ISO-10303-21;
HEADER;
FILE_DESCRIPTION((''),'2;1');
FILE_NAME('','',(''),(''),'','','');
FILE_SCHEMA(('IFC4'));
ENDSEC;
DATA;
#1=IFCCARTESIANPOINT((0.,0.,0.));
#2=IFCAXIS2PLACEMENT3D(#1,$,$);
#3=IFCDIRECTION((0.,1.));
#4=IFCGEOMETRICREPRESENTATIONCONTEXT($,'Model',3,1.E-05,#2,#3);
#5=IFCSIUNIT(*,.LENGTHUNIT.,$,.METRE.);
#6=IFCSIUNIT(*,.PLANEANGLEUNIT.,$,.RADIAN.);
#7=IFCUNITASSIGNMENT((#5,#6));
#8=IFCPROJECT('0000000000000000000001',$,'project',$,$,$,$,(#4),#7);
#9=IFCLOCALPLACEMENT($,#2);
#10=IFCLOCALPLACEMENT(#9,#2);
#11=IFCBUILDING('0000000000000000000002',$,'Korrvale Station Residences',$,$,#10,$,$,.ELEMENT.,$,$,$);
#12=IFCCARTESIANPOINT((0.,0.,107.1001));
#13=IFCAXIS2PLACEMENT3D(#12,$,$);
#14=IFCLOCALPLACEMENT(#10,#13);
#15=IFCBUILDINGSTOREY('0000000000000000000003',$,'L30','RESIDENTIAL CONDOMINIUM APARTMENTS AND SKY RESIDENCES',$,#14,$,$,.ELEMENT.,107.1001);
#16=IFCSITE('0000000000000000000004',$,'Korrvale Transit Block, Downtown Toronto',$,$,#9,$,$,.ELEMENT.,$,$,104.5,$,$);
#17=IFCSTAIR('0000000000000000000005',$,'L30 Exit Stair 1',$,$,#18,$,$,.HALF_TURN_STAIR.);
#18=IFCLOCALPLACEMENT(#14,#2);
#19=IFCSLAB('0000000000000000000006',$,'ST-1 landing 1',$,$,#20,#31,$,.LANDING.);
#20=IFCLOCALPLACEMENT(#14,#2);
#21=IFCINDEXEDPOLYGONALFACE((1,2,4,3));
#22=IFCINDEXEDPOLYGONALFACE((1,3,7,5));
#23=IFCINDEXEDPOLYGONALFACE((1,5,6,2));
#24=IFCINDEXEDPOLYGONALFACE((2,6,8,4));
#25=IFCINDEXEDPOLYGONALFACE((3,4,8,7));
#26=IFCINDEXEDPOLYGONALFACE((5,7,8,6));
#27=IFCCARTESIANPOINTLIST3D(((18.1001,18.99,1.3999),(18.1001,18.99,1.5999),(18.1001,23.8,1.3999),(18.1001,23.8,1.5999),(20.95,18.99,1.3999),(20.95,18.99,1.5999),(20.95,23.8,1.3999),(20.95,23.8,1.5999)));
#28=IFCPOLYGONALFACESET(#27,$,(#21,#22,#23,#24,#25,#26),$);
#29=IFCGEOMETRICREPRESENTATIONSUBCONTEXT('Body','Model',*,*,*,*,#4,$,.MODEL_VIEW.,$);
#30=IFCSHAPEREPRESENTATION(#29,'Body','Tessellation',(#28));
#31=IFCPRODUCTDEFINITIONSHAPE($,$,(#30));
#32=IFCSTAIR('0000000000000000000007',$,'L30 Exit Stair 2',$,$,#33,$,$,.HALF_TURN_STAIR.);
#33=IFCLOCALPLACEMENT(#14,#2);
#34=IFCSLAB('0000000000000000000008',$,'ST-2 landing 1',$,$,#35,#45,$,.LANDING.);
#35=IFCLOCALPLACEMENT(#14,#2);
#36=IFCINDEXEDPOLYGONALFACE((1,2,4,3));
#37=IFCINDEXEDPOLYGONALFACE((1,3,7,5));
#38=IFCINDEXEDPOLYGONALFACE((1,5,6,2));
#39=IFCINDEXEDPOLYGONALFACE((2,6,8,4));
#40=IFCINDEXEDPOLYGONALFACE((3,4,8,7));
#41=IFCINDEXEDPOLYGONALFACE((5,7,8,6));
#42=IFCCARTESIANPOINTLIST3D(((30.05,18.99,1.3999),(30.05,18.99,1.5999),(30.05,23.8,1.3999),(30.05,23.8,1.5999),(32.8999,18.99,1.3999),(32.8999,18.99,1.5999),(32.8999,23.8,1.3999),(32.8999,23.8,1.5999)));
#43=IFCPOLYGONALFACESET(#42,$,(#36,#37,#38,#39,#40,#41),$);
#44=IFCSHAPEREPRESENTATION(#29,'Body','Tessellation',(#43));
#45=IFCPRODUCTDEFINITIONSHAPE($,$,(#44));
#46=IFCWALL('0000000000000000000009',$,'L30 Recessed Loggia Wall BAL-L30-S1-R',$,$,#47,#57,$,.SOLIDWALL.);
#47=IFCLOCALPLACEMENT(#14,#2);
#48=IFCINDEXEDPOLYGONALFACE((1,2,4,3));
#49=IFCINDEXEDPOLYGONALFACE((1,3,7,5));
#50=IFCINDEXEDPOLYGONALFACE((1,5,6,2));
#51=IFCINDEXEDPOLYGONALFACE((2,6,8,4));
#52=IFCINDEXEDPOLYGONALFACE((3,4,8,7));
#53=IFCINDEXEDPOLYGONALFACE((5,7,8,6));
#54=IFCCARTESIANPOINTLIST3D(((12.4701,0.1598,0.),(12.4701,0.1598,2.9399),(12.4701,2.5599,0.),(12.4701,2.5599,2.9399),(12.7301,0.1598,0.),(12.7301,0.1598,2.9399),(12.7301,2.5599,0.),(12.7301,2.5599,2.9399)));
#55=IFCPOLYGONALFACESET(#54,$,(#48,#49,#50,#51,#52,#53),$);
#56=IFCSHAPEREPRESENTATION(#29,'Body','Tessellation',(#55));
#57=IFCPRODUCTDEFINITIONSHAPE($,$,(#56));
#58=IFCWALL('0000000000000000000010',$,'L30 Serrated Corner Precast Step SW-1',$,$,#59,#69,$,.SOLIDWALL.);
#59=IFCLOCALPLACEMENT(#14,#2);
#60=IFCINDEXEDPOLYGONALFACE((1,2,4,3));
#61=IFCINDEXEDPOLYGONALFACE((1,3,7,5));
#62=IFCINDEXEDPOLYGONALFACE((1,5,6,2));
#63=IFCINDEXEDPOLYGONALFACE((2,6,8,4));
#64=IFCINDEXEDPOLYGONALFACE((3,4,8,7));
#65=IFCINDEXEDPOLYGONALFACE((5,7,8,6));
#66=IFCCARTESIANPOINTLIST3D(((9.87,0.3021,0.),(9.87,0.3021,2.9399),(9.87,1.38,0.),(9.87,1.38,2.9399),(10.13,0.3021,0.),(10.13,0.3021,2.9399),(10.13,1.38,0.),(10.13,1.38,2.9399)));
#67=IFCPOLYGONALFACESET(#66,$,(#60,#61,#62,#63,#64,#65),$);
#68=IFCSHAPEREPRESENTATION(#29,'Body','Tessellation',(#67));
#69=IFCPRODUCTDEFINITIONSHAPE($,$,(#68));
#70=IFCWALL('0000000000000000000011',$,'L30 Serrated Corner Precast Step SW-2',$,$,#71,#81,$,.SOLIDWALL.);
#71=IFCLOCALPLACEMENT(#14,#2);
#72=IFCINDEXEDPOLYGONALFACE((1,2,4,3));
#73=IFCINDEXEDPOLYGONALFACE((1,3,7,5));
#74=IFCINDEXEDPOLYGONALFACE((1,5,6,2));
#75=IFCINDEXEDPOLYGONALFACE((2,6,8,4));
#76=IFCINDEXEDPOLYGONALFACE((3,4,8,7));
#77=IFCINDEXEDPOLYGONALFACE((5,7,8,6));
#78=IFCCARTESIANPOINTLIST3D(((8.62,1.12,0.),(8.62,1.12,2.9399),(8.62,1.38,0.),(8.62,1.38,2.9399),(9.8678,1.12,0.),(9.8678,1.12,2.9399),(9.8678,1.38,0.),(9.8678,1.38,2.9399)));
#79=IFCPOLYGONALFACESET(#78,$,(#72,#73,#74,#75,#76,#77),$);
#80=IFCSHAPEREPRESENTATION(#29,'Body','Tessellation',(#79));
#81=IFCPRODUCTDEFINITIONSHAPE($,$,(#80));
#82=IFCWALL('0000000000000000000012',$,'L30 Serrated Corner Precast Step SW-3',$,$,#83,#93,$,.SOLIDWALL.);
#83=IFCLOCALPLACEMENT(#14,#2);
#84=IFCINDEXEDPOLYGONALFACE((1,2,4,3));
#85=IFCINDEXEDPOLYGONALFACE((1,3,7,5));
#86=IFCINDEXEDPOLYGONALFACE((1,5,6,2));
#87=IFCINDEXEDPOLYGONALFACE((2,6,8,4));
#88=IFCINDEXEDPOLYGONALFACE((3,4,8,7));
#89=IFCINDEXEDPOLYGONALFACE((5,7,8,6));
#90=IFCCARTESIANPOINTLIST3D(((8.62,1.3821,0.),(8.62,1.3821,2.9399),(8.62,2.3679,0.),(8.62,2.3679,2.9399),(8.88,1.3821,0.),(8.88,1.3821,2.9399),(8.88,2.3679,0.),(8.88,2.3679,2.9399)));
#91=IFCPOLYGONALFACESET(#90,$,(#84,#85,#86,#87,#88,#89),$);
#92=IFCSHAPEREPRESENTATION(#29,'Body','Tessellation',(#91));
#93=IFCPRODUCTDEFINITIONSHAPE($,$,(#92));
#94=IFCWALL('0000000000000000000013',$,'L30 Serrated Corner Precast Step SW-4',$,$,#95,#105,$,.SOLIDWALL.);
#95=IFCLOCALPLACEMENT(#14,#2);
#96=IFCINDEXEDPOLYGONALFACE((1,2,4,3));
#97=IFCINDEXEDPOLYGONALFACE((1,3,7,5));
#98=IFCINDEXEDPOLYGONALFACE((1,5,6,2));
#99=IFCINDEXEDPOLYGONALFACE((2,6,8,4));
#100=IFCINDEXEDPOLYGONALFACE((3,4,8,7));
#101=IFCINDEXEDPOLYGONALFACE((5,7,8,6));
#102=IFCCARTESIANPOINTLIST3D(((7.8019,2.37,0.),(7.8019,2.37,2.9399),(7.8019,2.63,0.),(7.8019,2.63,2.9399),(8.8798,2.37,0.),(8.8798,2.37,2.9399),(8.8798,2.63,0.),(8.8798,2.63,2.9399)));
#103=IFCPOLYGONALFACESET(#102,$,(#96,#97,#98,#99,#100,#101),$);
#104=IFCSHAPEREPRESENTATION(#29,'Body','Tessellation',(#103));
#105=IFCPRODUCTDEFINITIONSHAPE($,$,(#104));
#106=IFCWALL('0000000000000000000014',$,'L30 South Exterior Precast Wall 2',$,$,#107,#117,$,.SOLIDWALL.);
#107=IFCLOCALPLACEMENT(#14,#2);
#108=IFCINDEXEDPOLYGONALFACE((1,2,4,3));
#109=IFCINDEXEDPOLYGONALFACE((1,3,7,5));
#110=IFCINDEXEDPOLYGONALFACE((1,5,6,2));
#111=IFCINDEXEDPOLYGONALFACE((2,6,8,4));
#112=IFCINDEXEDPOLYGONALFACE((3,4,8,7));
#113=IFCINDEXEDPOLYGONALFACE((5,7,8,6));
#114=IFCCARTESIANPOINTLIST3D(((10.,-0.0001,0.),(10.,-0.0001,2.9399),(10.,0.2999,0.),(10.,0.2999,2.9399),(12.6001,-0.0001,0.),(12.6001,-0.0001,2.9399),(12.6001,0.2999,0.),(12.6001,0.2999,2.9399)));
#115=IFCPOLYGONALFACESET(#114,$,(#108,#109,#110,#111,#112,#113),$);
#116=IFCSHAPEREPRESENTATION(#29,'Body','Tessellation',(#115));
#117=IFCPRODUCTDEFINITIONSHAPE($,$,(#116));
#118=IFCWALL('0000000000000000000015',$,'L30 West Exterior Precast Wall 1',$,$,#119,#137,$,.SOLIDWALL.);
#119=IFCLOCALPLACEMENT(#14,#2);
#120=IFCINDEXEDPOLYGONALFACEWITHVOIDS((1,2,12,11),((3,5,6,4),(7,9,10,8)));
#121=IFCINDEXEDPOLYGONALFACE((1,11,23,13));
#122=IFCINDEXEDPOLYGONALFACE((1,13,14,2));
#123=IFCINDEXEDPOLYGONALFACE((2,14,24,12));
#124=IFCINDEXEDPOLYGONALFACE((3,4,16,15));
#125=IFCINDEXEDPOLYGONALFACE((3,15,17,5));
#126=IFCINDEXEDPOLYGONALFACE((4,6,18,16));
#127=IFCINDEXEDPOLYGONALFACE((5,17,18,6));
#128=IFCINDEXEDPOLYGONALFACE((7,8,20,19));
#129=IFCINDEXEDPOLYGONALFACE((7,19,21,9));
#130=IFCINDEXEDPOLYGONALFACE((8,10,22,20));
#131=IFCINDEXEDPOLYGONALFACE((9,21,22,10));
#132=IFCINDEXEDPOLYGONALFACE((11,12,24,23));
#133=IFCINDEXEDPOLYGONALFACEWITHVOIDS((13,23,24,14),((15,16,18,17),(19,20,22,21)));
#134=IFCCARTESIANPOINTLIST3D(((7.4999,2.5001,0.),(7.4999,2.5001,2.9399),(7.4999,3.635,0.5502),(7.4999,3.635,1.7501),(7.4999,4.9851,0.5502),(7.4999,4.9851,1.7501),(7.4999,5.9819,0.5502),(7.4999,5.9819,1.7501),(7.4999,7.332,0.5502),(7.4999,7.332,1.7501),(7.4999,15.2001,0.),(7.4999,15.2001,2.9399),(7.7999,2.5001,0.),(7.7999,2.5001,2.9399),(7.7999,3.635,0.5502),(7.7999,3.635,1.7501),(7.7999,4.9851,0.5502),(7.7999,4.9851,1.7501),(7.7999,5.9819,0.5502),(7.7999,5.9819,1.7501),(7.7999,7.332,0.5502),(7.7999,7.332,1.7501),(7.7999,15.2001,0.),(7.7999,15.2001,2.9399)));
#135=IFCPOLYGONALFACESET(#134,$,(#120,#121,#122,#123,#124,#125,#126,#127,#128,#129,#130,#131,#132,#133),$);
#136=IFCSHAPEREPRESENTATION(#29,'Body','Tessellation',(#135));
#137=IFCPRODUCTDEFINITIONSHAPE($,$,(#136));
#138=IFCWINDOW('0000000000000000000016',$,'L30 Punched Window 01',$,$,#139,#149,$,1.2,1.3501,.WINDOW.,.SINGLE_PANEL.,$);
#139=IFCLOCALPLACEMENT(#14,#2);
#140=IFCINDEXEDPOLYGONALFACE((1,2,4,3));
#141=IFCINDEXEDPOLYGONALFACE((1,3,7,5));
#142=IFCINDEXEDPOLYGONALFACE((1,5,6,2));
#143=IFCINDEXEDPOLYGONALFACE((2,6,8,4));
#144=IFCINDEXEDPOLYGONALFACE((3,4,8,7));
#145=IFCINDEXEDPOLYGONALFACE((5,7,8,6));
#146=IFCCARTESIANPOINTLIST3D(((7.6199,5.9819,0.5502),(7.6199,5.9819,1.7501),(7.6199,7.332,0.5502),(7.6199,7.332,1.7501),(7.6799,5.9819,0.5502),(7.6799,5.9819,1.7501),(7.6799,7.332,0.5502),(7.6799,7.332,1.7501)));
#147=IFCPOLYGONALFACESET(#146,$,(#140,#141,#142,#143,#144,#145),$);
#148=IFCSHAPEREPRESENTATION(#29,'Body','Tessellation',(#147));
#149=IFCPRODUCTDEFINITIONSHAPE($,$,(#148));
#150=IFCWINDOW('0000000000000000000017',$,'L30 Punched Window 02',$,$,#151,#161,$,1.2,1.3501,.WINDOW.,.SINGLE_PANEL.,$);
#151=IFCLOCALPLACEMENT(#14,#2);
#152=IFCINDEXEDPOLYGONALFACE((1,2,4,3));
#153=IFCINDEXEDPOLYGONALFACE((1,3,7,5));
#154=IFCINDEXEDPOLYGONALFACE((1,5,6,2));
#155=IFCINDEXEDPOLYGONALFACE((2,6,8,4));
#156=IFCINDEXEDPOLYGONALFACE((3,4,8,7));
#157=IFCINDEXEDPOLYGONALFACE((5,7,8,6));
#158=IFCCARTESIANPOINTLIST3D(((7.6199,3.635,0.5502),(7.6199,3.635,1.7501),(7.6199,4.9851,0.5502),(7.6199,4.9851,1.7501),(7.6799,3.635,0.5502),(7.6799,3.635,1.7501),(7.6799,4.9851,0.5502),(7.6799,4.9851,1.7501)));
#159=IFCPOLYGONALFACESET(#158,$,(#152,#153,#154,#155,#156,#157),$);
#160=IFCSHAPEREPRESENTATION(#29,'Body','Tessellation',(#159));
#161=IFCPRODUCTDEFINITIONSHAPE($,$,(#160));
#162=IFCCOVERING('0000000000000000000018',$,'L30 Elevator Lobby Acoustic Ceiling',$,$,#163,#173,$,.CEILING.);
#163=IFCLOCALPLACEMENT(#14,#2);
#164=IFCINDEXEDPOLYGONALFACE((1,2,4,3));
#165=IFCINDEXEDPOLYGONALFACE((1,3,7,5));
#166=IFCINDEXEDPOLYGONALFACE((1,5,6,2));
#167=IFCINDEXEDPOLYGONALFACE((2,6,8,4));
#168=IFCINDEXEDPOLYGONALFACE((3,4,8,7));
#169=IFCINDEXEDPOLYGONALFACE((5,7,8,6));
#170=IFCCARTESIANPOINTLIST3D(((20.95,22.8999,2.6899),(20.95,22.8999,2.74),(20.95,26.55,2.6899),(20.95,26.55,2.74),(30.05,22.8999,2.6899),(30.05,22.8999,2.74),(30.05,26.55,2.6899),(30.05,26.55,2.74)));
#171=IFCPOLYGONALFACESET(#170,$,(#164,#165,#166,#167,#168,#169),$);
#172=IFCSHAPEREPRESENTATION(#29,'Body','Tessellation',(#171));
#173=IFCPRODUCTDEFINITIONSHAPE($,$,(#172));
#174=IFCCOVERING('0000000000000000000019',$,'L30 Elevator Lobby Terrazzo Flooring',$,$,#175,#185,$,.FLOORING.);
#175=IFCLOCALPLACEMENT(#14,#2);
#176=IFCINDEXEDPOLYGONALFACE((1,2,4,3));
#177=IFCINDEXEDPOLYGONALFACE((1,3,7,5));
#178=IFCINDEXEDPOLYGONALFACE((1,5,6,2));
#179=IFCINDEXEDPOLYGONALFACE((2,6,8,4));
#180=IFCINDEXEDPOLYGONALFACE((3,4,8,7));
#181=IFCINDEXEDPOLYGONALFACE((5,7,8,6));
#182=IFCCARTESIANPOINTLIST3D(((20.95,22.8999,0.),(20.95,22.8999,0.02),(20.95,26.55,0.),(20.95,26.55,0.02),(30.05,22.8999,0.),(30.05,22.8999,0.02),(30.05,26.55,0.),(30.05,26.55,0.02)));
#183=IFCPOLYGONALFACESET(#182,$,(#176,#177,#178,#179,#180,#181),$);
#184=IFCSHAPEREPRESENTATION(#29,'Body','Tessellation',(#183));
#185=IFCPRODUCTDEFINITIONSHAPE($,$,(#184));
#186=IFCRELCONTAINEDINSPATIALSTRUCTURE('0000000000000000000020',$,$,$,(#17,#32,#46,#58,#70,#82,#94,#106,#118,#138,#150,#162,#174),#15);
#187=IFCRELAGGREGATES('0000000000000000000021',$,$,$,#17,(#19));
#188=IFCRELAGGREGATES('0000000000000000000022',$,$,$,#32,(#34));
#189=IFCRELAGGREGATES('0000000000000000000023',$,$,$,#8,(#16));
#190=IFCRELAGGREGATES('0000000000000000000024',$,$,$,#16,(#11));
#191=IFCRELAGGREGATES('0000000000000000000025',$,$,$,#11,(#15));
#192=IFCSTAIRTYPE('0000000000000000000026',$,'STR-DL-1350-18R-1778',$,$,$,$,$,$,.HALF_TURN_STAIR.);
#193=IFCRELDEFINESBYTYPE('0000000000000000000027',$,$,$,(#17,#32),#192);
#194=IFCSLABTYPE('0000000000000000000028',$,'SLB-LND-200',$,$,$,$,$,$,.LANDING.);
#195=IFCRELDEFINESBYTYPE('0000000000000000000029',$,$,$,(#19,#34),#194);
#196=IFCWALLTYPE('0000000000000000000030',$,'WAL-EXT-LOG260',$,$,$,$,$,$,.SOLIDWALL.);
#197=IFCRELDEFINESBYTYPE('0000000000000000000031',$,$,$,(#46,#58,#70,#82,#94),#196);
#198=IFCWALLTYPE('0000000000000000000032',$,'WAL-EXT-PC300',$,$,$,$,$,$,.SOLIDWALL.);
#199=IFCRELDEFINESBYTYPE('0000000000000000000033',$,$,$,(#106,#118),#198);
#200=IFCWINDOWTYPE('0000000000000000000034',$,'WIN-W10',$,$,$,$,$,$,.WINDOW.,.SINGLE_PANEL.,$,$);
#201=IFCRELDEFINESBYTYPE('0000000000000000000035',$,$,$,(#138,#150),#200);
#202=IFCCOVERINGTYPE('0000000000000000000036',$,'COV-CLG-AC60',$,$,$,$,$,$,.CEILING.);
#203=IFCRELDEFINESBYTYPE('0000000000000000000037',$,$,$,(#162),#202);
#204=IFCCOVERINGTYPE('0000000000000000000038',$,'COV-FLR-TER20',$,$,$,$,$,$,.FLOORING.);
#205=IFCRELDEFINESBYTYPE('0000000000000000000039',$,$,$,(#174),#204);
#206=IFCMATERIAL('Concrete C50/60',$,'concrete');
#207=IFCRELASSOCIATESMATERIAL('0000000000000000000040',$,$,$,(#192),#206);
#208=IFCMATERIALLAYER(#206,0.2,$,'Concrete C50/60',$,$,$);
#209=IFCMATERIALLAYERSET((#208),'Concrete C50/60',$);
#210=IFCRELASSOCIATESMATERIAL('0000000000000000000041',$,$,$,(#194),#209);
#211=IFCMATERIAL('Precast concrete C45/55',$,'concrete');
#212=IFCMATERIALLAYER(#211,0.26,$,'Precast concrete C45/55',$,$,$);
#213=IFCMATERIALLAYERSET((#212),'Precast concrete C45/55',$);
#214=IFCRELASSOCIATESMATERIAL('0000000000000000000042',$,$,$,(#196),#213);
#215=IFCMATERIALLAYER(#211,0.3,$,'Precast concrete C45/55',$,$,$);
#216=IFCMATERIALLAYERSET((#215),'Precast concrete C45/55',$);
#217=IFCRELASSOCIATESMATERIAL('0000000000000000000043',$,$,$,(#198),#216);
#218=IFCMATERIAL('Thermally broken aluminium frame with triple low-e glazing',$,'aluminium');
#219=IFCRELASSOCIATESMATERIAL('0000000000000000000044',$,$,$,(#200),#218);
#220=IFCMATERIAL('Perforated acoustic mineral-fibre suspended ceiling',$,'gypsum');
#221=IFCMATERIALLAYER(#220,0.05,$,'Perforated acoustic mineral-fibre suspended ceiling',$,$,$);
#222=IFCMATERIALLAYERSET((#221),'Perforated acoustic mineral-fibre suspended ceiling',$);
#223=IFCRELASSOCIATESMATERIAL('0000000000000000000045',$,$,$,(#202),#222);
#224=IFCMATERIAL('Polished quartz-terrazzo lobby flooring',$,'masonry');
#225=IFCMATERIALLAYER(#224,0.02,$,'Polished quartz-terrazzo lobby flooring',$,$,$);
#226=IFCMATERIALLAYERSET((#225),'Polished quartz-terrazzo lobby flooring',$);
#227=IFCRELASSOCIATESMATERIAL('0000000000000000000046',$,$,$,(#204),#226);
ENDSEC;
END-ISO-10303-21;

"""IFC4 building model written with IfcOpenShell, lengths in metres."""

from ifc_helpers import new_model, si_unit, direction, frame, frame_2d, origin, place, context, subcontext, project, spatial, polyline, rectangle, outline, extrude, material, layer, layer_set, type_object, element, fill, aggregate, save


model = new_model("IFC4")

# Units and contexts
model_context = context("Model", 3, precision=1e-05, world=origin(), true_north=direction((0.0, 1.0)))
body_context = subcontext(model_context, "Body", "Model", "MODEL_VIEW")
ifc_project = project(units=[si_unit("LENGTHUNIT", "METRE"), si_unit("PLANEANGLEUNIT", "RADIAN")], contexts=[model_context])

# Site, building, storey
site_placement = place(None, origin())
site = spatial("IfcSite", under=ifc_project, at=site_placement, Name="Korrvale Transit Block, Downtown Toronto", CompositionType="ELEMENT", RefElevation=104.5)
building_placement = place(site_placement, origin())
building = spatial("IfcBuilding", under=site, at=building_placement, Name="Korrvale Station Residences", CompositionType="ELEMENT")
storey_placement = place(building_placement, frame((0.0, 0.0, 107.1001)))
storey = spatial("IfcBuildingStorey", under=building, at=storey_placement, Name="L30", Description="RESIDENTIAL CONDOMINIUM APARTMENTS AND SKY RESIDENCES", CompositionType="ELEMENT", Elevation=107.1001)

# Shared definitions
ifc_material_1 = material(Name="Concrete C50/60", Category="concrete")

# Stairs, slabs
stair_type = type_object("IfcStairType", Name="STR-DL-1350-18R-1778", PredefinedType="HALF_TURN_STAIR", material=ifc_material_1)
stair_1_placement = place(storey_placement, origin())
stair_1 = element("IfcStair", 1, at=stair_1_placement, inside=storey, type_object=stair_type, Name="L30 Exit Stair 1", PredefinedType="HALF_TURN_STAIR")
ifc_layer_1 = layer(ifc_material_1, 0.2, Name="Concrete C50/60")
ifc_layer_set_1 = layer_set([ifc_layer_1], Name="Concrete C50/60")
slab_type_1 = type_object("IfcSlabType", Name="SLB-LND-200", PredefinedType="LANDING", material=ifc_layer_set_1)
slab_1_placement = place(storey_placement, frame((0.0, 0.0, 1.3999)))
slab_1 = element("IfcSlab", 2, at=slab_1_placement, type_object=slab_type_1, Name="ST-1 landing 1", PredefinedType="LANDING", context=body_context, shape_type="SweptSolid", body=[
    extrude(outline(polyline([(20.95, 18.99), (20.95, 23.8), (18.1001, 23.8), (18.1001, 18.99), (20.95, 18.99)])), origin(), (0.0, 0.0, 1.0), 0.2),
])
aggregate(stair_1, [slab_1])
stair_2_placement = place(storey_placement, origin())
stair_2 = element("IfcStair", 3, at=stair_2_placement, inside=storey, type_object=stair_type, Name="L30 Exit Stair 2", PredefinedType="HALF_TURN_STAIR")
slab_2_placement = place(storey_placement, frame((0.0, 0.0, 1.3999)))
slab_2 = element("IfcSlab", 4, at=slab_2_placement, type_object=slab_type_1, Name="ST-2 landing 1", PredefinedType="LANDING", context=body_context, shape_type="SweptSolid", body=[
    extrude(outline(polyline([(32.8999, 18.99), (32.8999, 23.8), (30.05, 23.8), (30.05, 18.99), (32.8999, 18.99)])), origin(), (0.0, 0.0, 1.0), 0.2),
])
aggregate(stair_2, [slab_2])

# Walls
ifc_material_2 = material(Name="Precast concrete C45/55", Category="concrete")
ifc_layer_2 = layer(ifc_material_2, 0.26, Name="Precast concrete C45/55")
ifc_layer_set_2 = layer_set([ifc_layer_2], Name="Precast concrete C45/55")
wall_type_1 = type_object("IfcWallType", Name="WAL-EXT-LOG260", PredefinedType="SOLIDWALL", material=ifc_layer_set_2)
wall_1_placement = place(storey_placement, frame((12.6001, 2.5601, 0.0), z_axis=(0.0, 0.0, 1.0), x_axis=(0.0, -1.0, 0.0)))
element("IfcWall", 5, at=wall_1_placement, inside=storey, type_object=wall_type_1, Name="L30 Recessed Loggia Wall BAL-L30-S1-R", PredefinedType="SOLIDWALL", context=body_context, shape_type="SweptSolid", body=[
    extrude(rectangle(XDim=2.4001, YDim=0.26, at=frame_2d((1.2002, 0.0))), origin(), (0.0, 0.0, 1.0), 2.9399),
])
wall_2_placement = place(storey_placement, frame((10.0, 0.302, 0.0), z_axis=(0.0, 0.0, 1.0), x_axis=(0.0, 1.0, 0.0)))
element("IfcWall", 6, at=wall_2_placement, inside=storey, type_object=wall_type_1, Name="L30 Serrated Corner Precast Step SW-1", PredefinedType="SOLIDWALL", context=body_context, shape_type="SweptSolid", body=[
    extrude(rectangle(XDim=1.0779, YDim=0.26, at=frame_2d((0.5391, 0.0))), origin(), (0.0, 0.0, 1.0), 2.9399),
])
wall_3_placement = place(storey_placement, frame((9.8679, 1.25, 0.0), z_axis=(0.0, 0.0, 1.0), x_axis=(-1.0, 0.0, 0.0)))
element("IfcWall", 7, at=wall_3_placement, inside=storey, type_object=wall_type_1, Name="L30 Serrated Corner Precast Step SW-2", PredefinedType="SOLIDWALL", context=body_context, shape_type="SweptSolid", body=[
    extrude(rectangle(XDim=1.2478, YDim=0.26, at=frame_2d((0.624, 0.0))), origin(), (0.0, 0.0, 1.0), 2.9399),
])
wall_4_placement = place(storey_placement, frame((8.75, 1.3821, 0.0), z_axis=(0.0, 0.0, 1.0), x_axis=(0.0, 1.0, 0.0)))
element("IfcWall", 8, at=wall_4_placement, inside=storey, type_object=wall_type_1, Name="L30 Serrated Corner Precast Step SW-3", PredefinedType="SOLIDWALL", context=body_context, shape_type="SweptSolid", body=[
    extrude(rectangle(XDim=0.9858, YDim=0.26, at=frame_2d((0.4929, 0.0))), origin(), (0.0, 0.0, 1.0), 2.9399),
])
wall_5_placement = place(storey_placement, frame((8.8799, 2.5, 0.0), z_axis=(0.0, 0.0, 1.0), x_axis=(-1.0, 0.0, 0.0)))
element("IfcWall", 9, at=wall_5_placement, inside=storey, type_object=wall_type_1, Name="L30 Serrated Corner Precast Step SW-4", PredefinedType="SOLIDWALL", context=body_context, shape_type="SweptSolid", body=[
    extrude(rectangle(XDim=1.0779, YDim=0.26, at=frame_2d((0.5391, 0.0))), origin(), (0.0, 0.0, 1.0), 2.9399),
])
ifc_layer_3 = layer(ifc_material_2, 0.3, Name="Precast concrete C45/55")
ifc_layer_set_3 = layer_set([ifc_layer_3], Name="Precast concrete C45/55")
wall_type_2 = type_object("IfcWallType", Name="WAL-EXT-PC300", PredefinedType="SOLIDWALL", material=ifc_layer_set_3)
wall_6_placement = place(storey_placement, frame((12.6001, 0.1499, 0.0), z_axis=(0.0, 0.0, 1.0), x_axis=(-1.0, 0.0, 0.0)))
element("IfcWall", 10, at=wall_6_placement, inside=storey, type_object=wall_type_2, Name="L30 South Exterior Precast Wall 2", PredefinedType="SOLIDWALL", context=body_context, shape_type="SweptSolid", body=[
    extrude(rectangle(XDim=2.6001, YDim=0.3, at=frame_2d((1.3, 0.0))), origin(), (0.0, 0.0, 1.0), 2.9399),
])

# Wall, openings, windows
wall_7_placement = place(storey_placement, frame((7.6499, 2.5, 0.0), z_axis=(0.0, 0.0, 1.0), x_axis=(0.0, 1.0, 0.0)))
wall_7 = element("IfcWall", 11, at=wall_7_placement, inside=storey, type_object=wall_type_2, Name="L30 West Exterior Precast Wall 1", PredefinedType="SOLIDWALL", context=body_context, shape_type="SweptSolid", body=[
    extrude(rectangle(XDim=12.7, YDim=0.3, at=frame_2d((6.3501, 0.0))), origin(), (0.0, 0.0, 1.0), 2.9399),
])
opening_1_placement = place(wall_7_placement, frame((3.4819, 0.0, 0.55)))
opening_1 = element("IfcOpeningElement", 12, at=opening_1_placement, cuts=wall_7, PredefinedType="OPENING", context=body_context, shape_type="SweptSolid", body=[
    extrude(rectangle(XDim=1.3501, YDim=1.2, at=frame_2d((0.675, 0.6001))), frame((0.0, 0.1602, 0.0), z_axis=(0.0, -1.0, 0.0), x_axis=(1.0, 0.0, 0.0)), (0.0, 0.0, 1.0), 0.3201),
])
opening_2_placement = place(wall_7_placement, frame((1.135, 0.0, 0.55)))
opening_2 = element("IfcOpeningElement", 13, at=opening_2_placement, cuts=wall_7, PredefinedType="OPENING", context=body_context, shape_type="SweptSolid", body=[
    extrude(rectangle(XDim=1.3501, YDim=1.2, at=frame_2d((0.675, 0.6001))), frame((0.0, 0.1602, 0.0), z_axis=(0.0, -1.0, 0.0), x_axis=(1.0, 0.0, 0.0)), (0.0, 0.0, 1.0), 0.3201),
])
ifc_material_3 = material(Name="Thermally broken aluminium frame with triple low-e glazing", Category="aluminium")
window_type = type_object("IfcWindowType", Name="WIN-W10", PartitioningType="SINGLE_PANEL", PredefinedType="WINDOW", material=ifc_material_3)
window_1_placement = place(opening_1_placement, origin())
window_1 = element("IfcWindow", 14, at=window_1_placement, inside=storey, type_object=window_type, Name="L30 Punched Window 01", OverallHeight=1.2, OverallWidth=1.3501, PartitioningType="SINGLE_PANEL", PredefinedType="WINDOW", context=body_context, shape_type="SweptSolid", body=[
    extrude(rectangle(XDim=1.3501, YDim=1.2, at=frame_2d((0.675, 0.6001))), frame((0.0, 0.03, 0.0), z_axis=(0.0, -1.0, 0.0), x_axis=(1.0, 0.0, 0.0)), (0.0, 0.0, 1.0), 0.0601),
])
fill(opening_1, window_1)
window_2_placement = place(opening_2_placement, origin())
window_2 = element("IfcWindow", 15, at=window_2_placement, inside=storey, type_object=window_type, Name="L30 Punched Window 02", OverallHeight=1.2, OverallWidth=1.3501, PartitioningType="SINGLE_PANEL", PredefinedType="WINDOW", context=body_context, shape_type="SweptSolid", body=[
    extrude(rectangle(XDim=1.3501, YDim=1.2, at=frame_2d((0.675, 0.6001))), frame((0.0, 0.03, 0.0), z_axis=(0.0, -1.0, 0.0), x_axis=(1.0, 0.0, 0.0)), (0.0, 0.0, 1.0), 0.0601),
])
fill(opening_2, window_2)

# Coverings
ifc_material_4 = material(Name="Perforated acoustic mineral-fibre suspended ceiling", Category="gypsum")
ifc_layer_4 = layer(ifc_material_4, 0.05, Name="Perforated acoustic mineral-fibre suspended ceiling")
ifc_layer_set_4 = layer_set([ifc_layer_4], Name="Perforated acoustic mineral-fibre suspended ceiling")
covering_type_1 = type_object("IfcCoveringType", Name="COV-CLG-AC60", PredefinedType="CEILING", material=ifc_layer_set_4)
covering_1_placement = place(storey_placement, frame((0.0, 0.0, 2.6899)))
element("IfcCovering", 16, at=covering_1_placement, inside=storey, type_object=covering_type_1, Name="L30 Elevator Lobby Acoustic Ceiling", PredefinedType="CEILING", context=body_context, shape_type="SweptSolid", body=[
    extrude(outline(polyline([(20.95, 22.8999), (30.05, 22.8999), (30.05, 26.55), (20.95, 26.55), (20.95, 22.8999)])), origin(), (0.0, 0.0, 1.0), 0.05),
])
ifc_material_5 = material(Name="Polished quartz-terrazzo lobby flooring", Category="masonry")
ifc_layer_5 = layer(ifc_material_5, 0.02, Name="Polished quartz-terrazzo lobby flooring")
ifc_layer_set_5 = layer_set([ifc_layer_5], Name="Polished quartz-terrazzo lobby flooring")
covering_type_2 = type_object("IfcCoveringType", Name="COV-FLR-TER20", PredefinedType="FLOORING", material=ifc_layer_set_5)
covering_2_placement = place(storey_placement, origin())
element("IfcCovering", 17, at=covering_2_placement, inside=storey, type_object=covering_type_2, Name="L30 Elevator Lobby Terrazzo Flooring", PredefinedType="FLOORING", context=body_context, shape_type="SweptSolid", body=[
    extrude(outline(polyline([(20.95, 22.8999), (30.05, 22.8999), (30.05, 26.55), (20.95, 26.55), (20.95, 22.8999)])), origin(), (0.0, 0.0, 1.0), 0.02),
])

save(model, "model.ifc")
